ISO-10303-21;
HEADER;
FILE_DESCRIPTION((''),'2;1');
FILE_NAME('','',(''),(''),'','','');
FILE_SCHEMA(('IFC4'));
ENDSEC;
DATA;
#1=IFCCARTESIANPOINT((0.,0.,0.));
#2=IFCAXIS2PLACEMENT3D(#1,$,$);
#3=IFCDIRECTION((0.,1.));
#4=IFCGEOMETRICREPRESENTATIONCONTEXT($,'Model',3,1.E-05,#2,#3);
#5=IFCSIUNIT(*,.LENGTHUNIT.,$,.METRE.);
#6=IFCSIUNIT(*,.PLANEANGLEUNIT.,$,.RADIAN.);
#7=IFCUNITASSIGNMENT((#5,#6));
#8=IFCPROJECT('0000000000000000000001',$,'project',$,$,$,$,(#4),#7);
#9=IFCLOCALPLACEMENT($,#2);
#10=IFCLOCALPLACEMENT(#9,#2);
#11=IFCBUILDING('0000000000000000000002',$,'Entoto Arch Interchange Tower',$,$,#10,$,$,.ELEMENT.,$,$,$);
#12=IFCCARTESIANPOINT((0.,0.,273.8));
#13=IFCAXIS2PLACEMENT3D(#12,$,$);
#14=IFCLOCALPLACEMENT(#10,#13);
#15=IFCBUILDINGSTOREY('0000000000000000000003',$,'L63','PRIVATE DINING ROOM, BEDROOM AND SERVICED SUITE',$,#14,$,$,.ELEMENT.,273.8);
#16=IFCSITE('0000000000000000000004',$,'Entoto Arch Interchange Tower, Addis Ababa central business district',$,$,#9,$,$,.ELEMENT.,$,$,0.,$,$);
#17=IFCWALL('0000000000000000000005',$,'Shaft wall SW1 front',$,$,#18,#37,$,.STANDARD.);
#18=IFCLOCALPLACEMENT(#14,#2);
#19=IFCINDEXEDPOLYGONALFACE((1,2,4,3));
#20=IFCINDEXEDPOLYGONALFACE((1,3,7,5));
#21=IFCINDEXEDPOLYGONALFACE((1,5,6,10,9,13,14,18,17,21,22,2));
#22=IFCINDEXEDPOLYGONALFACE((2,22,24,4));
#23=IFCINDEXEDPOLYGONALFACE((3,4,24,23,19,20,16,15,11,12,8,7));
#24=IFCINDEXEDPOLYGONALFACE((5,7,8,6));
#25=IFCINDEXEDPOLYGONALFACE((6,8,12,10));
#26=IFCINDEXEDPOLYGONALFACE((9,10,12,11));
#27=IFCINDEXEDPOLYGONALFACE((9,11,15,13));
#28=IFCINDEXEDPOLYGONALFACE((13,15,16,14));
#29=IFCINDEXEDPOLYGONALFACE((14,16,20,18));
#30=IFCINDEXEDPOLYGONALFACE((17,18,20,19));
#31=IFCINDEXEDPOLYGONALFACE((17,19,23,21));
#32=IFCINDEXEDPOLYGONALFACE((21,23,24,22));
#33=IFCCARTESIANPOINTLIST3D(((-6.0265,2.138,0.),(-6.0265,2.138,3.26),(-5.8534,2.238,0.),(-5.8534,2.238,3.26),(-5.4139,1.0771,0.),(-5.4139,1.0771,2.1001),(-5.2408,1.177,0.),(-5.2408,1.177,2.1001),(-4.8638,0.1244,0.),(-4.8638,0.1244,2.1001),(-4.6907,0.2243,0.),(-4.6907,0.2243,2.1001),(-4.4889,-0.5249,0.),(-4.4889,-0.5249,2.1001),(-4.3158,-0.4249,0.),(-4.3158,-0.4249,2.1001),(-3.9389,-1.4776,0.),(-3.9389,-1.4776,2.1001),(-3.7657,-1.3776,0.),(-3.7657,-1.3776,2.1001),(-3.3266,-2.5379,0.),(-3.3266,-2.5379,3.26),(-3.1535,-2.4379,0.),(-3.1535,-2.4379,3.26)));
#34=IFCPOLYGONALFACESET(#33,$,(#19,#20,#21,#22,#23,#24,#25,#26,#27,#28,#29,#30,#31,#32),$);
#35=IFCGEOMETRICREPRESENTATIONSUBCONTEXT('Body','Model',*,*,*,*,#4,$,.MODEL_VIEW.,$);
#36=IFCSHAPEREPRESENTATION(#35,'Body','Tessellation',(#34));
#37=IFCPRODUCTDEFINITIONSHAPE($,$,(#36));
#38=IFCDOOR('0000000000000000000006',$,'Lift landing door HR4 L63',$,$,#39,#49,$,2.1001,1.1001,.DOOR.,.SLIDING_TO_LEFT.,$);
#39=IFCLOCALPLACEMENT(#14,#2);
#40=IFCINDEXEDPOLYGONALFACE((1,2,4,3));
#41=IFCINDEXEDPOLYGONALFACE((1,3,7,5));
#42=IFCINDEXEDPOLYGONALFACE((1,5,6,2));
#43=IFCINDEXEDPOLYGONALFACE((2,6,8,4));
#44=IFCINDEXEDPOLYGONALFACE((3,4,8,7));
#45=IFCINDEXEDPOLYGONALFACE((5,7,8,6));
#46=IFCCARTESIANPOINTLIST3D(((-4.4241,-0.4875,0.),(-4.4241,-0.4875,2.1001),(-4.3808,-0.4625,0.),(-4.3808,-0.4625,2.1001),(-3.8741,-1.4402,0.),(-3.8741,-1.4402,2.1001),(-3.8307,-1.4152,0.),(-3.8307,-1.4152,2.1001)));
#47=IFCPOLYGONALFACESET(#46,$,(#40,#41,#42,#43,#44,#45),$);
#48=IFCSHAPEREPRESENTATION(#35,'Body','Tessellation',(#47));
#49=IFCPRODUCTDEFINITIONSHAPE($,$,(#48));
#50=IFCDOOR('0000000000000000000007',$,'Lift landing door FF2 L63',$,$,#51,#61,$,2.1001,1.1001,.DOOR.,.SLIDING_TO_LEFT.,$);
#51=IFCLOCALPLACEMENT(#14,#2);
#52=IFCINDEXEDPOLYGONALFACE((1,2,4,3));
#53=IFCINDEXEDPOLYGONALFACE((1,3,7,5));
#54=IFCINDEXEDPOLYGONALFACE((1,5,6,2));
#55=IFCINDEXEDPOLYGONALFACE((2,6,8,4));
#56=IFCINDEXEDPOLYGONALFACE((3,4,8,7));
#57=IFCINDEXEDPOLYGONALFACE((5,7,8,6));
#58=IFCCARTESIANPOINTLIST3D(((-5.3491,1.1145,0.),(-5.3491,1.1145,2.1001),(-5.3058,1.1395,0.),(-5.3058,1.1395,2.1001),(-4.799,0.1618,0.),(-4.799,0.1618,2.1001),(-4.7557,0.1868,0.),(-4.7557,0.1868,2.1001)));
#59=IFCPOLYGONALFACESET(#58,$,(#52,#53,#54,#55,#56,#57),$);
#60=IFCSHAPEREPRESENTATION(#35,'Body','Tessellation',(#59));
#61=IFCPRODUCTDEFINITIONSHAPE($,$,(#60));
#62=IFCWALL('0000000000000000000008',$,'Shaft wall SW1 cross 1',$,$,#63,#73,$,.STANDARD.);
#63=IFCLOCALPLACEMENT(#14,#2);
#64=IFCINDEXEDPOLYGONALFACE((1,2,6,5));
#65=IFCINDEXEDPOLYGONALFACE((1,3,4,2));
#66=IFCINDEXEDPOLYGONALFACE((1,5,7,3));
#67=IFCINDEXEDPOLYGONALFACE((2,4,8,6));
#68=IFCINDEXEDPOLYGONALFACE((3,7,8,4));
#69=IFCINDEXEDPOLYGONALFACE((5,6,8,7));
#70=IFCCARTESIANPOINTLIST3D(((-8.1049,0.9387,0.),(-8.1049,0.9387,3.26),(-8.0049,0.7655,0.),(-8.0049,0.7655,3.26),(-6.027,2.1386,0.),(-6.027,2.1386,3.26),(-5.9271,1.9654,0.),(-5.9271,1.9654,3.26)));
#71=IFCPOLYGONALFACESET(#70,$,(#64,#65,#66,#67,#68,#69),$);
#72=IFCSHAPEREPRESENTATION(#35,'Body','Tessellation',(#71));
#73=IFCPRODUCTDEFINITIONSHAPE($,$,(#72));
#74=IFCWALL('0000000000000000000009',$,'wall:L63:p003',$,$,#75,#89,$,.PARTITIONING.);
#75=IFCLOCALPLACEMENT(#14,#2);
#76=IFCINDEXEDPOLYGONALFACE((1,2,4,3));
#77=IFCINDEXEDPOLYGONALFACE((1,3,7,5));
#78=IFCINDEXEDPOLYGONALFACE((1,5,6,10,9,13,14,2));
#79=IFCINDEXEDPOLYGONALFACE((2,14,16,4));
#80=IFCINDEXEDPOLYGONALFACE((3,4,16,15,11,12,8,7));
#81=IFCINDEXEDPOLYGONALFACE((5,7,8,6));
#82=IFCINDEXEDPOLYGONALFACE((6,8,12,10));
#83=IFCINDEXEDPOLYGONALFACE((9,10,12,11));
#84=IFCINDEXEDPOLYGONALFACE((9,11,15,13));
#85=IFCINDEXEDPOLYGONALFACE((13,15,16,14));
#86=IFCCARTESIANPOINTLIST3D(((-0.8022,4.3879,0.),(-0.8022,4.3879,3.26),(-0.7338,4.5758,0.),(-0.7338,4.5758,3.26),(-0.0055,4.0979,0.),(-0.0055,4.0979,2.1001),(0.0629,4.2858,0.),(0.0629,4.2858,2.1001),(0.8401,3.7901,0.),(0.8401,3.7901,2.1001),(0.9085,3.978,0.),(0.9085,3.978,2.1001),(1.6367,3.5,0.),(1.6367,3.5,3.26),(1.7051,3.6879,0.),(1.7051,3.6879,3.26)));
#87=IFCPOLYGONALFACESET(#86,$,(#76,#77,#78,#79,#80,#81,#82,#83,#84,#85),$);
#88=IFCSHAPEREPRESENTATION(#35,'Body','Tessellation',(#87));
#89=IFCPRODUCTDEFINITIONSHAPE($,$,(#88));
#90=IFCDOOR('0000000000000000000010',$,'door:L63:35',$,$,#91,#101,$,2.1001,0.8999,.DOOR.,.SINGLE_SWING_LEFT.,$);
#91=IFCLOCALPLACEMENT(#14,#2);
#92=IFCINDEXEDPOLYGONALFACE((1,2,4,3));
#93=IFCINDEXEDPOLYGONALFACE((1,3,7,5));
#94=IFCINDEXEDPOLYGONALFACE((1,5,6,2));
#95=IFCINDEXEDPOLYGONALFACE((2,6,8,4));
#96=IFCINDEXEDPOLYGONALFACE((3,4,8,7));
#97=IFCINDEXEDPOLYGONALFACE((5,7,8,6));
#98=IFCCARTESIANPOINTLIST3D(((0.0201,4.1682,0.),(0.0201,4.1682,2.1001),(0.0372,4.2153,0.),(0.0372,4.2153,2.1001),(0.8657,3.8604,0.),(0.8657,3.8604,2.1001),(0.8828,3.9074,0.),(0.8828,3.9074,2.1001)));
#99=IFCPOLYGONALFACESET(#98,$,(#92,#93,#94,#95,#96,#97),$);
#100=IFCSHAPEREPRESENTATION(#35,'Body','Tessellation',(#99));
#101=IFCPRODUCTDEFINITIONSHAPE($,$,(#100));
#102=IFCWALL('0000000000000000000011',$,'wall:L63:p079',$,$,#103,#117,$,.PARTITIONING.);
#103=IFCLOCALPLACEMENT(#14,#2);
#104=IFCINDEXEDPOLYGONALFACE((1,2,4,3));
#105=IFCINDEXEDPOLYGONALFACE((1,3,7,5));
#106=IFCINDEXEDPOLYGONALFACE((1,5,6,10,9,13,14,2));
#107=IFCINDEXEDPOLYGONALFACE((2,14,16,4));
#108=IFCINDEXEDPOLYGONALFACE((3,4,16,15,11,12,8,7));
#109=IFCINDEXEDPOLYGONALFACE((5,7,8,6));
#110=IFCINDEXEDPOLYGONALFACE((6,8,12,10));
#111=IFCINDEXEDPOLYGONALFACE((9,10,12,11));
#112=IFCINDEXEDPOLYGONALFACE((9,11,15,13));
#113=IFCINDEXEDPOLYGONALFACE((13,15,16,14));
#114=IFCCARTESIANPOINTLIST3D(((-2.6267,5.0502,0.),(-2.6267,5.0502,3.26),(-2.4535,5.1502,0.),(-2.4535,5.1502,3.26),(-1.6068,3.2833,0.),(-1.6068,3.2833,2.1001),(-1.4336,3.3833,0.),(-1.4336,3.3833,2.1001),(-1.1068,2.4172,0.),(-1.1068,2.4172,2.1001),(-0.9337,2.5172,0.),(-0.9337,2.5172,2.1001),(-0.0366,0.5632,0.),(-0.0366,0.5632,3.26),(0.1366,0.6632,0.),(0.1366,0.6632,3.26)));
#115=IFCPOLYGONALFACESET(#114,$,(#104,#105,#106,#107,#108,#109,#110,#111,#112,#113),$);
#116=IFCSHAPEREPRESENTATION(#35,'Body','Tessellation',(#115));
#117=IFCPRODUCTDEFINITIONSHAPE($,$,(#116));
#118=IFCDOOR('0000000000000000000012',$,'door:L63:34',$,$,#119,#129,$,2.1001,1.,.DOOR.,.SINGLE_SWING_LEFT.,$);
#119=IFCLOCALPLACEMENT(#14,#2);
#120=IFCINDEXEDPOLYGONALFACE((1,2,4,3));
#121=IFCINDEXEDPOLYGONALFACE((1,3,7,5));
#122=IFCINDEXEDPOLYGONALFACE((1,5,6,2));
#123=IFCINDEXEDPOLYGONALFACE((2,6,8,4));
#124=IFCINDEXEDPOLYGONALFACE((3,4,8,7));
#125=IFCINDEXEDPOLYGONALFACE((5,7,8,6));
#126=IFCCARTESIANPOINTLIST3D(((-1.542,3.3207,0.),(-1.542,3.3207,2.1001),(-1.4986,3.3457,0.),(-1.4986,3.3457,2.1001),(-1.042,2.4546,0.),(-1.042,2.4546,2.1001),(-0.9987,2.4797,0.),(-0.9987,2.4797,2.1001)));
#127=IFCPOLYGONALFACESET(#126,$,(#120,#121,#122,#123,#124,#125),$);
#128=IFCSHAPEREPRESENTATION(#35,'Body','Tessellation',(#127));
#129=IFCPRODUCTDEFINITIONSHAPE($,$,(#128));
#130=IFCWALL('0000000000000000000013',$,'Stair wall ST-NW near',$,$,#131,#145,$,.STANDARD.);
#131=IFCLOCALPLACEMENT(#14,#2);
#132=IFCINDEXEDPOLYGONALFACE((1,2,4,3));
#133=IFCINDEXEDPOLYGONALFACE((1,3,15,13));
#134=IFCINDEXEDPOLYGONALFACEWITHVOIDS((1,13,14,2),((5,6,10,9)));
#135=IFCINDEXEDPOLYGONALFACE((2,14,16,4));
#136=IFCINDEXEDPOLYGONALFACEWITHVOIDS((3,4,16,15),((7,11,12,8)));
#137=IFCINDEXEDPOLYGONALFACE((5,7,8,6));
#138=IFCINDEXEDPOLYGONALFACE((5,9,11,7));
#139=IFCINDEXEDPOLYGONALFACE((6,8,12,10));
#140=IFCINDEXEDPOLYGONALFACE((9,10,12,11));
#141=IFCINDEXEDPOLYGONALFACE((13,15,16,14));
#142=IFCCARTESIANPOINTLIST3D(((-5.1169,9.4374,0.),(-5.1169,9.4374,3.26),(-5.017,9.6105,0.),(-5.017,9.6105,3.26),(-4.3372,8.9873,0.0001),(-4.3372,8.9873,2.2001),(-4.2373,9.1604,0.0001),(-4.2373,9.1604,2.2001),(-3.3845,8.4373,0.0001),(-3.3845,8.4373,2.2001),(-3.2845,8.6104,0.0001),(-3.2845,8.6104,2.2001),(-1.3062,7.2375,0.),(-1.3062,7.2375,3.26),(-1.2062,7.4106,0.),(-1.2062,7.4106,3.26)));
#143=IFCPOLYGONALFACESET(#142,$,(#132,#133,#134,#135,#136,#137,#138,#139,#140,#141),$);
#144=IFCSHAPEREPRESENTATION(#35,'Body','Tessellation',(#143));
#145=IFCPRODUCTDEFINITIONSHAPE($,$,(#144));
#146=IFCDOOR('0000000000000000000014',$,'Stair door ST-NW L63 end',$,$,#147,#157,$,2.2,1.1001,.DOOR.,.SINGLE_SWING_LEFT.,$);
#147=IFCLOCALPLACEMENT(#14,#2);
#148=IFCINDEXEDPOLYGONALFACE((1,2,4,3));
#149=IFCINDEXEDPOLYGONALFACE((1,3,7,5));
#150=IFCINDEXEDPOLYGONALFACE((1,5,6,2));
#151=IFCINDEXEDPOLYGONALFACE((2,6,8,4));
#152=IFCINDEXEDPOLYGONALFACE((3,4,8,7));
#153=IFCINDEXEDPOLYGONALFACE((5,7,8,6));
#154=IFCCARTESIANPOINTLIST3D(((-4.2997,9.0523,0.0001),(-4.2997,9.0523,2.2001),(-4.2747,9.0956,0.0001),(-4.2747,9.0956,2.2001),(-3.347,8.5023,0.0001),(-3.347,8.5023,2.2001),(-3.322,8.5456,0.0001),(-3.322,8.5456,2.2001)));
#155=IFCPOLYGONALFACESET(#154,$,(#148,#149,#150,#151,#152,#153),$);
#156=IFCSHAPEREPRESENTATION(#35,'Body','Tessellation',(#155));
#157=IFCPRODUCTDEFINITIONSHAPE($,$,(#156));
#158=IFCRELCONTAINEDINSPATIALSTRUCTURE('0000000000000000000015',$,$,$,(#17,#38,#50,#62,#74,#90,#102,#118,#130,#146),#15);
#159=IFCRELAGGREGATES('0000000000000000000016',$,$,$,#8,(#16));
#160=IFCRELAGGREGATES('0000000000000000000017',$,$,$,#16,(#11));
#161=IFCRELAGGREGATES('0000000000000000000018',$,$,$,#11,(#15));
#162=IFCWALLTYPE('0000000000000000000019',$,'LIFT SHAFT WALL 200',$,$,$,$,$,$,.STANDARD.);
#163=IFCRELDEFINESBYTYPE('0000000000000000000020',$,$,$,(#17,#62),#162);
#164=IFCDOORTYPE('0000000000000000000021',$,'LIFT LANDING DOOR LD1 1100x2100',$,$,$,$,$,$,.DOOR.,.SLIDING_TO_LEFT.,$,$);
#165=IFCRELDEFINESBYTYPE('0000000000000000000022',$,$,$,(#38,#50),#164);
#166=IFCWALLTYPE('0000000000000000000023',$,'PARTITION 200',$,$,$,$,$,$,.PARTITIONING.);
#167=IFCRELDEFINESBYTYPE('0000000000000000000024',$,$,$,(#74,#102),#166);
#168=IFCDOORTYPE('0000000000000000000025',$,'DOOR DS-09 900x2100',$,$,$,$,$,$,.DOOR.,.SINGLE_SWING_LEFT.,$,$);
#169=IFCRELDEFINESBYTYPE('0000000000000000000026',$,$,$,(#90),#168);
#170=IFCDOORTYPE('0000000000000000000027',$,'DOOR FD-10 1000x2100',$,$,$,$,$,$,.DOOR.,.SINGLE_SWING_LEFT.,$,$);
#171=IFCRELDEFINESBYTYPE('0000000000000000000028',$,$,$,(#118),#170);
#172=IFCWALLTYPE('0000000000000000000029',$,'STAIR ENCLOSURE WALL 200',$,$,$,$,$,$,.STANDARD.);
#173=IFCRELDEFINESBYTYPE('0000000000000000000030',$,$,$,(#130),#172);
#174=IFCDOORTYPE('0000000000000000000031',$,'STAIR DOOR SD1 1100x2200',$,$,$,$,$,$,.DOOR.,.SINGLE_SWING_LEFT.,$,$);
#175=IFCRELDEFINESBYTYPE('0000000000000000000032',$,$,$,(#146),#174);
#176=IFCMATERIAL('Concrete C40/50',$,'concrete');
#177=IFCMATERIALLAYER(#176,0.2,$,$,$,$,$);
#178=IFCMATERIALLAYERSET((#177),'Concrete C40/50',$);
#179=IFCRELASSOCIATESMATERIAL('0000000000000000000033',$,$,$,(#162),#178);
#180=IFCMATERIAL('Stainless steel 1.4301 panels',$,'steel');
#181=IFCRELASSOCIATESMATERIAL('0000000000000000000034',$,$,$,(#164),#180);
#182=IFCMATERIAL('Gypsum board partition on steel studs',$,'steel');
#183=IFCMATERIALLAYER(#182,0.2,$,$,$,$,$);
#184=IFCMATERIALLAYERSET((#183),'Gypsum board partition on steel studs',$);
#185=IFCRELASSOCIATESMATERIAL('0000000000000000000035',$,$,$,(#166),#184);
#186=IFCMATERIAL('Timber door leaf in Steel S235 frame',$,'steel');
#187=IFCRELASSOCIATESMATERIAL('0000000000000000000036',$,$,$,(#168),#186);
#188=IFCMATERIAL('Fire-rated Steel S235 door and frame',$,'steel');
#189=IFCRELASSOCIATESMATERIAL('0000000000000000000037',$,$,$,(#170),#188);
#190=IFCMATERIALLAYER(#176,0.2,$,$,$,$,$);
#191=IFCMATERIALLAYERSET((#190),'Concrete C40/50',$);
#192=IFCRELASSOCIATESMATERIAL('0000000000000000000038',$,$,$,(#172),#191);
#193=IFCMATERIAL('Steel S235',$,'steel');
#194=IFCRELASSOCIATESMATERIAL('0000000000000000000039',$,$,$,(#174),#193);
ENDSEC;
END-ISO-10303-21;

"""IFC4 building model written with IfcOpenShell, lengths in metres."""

from ifc_helpers import new_model, si_unit, direction, frame, frame_2d, origin, place, context, subcontext, project, spatial, rectangle, extrude, material, layer, layer_set, type_object, element, fill, save


model = new_model("IFC4")

# Units and contexts
model_context = context("Model", 3, precision=1e-05, world=origin(), true_north=direction((0.0, 1.0)))
body_context = subcontext(model_context, "Body", "Model", "MODEL_VIEW")
ifc_project = project(units=[si_unit("LENGTHUNIT", "METRE"), si_unit("PLANEANGLEUNIT", "RADIAN")], contexts=[model_context])

# Site, building, storey
site_placement = place(None, origin())
site = spatial("IfcSite", under=ifc_project, at=site_placement, Name="Entoto Arch Interchange Tower, Addis Ababa central business district", CompositionType="ELEMENT", RefElevation=0.0)
building_placement = place(site_placement, origin())
building = spatial("IfcBuilding", under=site, at=building_placement, Name="Entoto Arch Interchange Tower", CompositionType="ELEMENT")
storey_placement = place(building_placement, frame((0.0, 0.0, 273.8)))
storey = spatial("IfcBuildingStorey", under=building, at=storey_placement, Name="L63", Description="PRIVATE DINING ROOM, BEDROOM AND SERVICED SUITE", CompositionType="ELEMENT", Elevation=273.8)

# Wall, openings, doors
ifc_material_1 = material(Name="Concrete C40/50", Category="concrete")
ifc_layer_1 = layer(ifc_material_1, 0.2)
ifc_layer_set_1 = layer_set([ifc_layer_1], Name="Concrete C40/50")
wall_type_1 = type_object("IfcWallType", Name="LIFT SHAFT WALL 200", PredefinedType="STANDARD", material=ifc_layer_set_1)
wall_1_placement = place(storey_placement, frame((-5.9399, 2.188, 0.0), z_axis=(0.0, 0.0, 1.0), x_axis=(0.500034, -0.866006, 0.0)))
wall_1 = element("IfcWall", 1, at=wall_1_placement, inside=storey, type_object=wall_type_1, Name="Shaft wall SW1 front", PredefinedType="STANDARD", context=body_context, shape_type="SweptSolid", body=[
    extrude(rectangle(XDim=5.3994, YDim=0.2, at=frame_2d((2.6997, 0.0))), origin(), (0.0, 0.0, 1.0), 3.26),
])
opening_1_placement = place(wall_1_placement, frame((3.075, 0.0, 0.0)))
opening_1 = element("IfcOpeningElement", 2, at=opening_1_placement, cuts=wall_1, PredefinedType="OPENING", context=body_context, shape_type="SweptSolid", body=[
    extrude(rectangle(XDim=1.1001, YDim=2.1001, at=frame_2d((0.55, 1.05))), frame((0.0, 0.1099, 0.0), z_axis=(0.0, -1.0, 0.0), x_axis=(1.0, 0.0, 0.0)), (0.0, 0.0, 1.0), 0.22),
])
opening_2_placement = place(wall_1_placement, frame((1.2251, 0.0, 0.0)))
opening_2 = element("IfcOpeningElement", 3, at=opening_2_placement, cuts=wall_1, PredefinedType="OPENING", context=body_context, shape_type="SweptSolid", body=[
    extrude(rectangle(XDim=1.1001, YDim=2.1001, at=frame_2d((0.55, 1.05))), frame((0.0, 0.1099, 0.0), z_axis=(0.0, -1.0, 0.0), x_axis=(1.0, 0.0, 0.0)), (0.0, 0.0, 1.0), 0.22),
])
ifc_material_2 = material(Name="Stainless steel 1.4301 panels", Category="steel")
door_type_1 = type_object("IfcDoorType", Name="LIFT LANDING DOOR LD1 1100x2100", OperationType="SLIDING_TO_LEFT", PredefinedType="DOOR", material=ifc_material_2)
door_1_placement = place(opening_1_placement, origin())
door_1 = element("IfcDoor", 4, at=door_1_placement, inside=storey, type_object=door_type_1, Name="Lift landing door HR4 L63", OperationType="SLIDING_TO_LEFT", OverallHeight=2.1001, OverallWidth=1.1001, PredefinedType="DOOR", context=body_context, shape_type="SweptSolid", body=[
    extrude(rectangle(XDim=1.1001, YDim=2.1001, at=frame_2d((0.55, 1.05))), frame((0.0, 0.0249, 0.0), z_axis=(0.0, -1.0, 0.0), x_axis=(1.0, 0.0, 0.0)), (0.0, 0.0, 1.0), 0.05),
])
fill(opening_1, door_1)
door_2_placement = place(opening_2_placement, origin())
door_2 = element("IfcDoor", 5, at=door_2_placement, inside=storey, type_object=door_type_1, Name="Lift landing door FF2 L63", OperationType="SLIDING_TO_LEFT", OverallHeight=2.1001, OverallWidth=1.1001, PredefinedType="DOOR", context=body_context, shape_type="SweptSolid", body=[
    extrude(rectangle(XDim=1.1001, YDim=2.1001, at=frame_2d((0.55, 1.05))), frame((0.0, 0.0249, 0.0), z_axis=(0.0, -1.0, 0.0), x_axis=(1.0, 0.0, 0.0)), (0.0, 0.0, 1.0), 0.05),
])
fill(opening_2, door_2)

# Wall
wall_2_placement = place(storey_placement, frame((-5.9771, 2.052, 0.0), z_axis=(0.0, 0.0, 1.0), x_axis=(-0.865974, -0.500089, 0.0)))
element("IfcWall", 6, at=wall_2_placement, inside=storey, type_object=wall_type_1, Name="Shaft wall SW1 cross 1", PredefinedType="STANDARD", context=body_context, shape_type="SweptSolid", body=[
    extrude(rectangle(XDim=2.3994, YDim=0.2, at=frame_2d((1.1997, 0.0))), origin(), (0.0, 0.0, 1.0), 3.26),
])

# Walls, openings, doors
ifc_material_3 = material(Name="Gypsum board partition on steel studs", Category="steel")
ifc_layer_2 = layer(ifc_material_3, 0.2)
ifc_layer_set_2 = layer_set([ifc_layer_2], Name="Gypsum board partition on steel studs")
wall_type_2 = type_object("IfcWallType", Name="PARTITION 200", PredefinedType="PARTITIONING", material=ifc_layer_set_2)
wall_3_placement = place(storey_placement, frame((-0.7681, 4.4819, 0.0), z_axis=(0.0, 0.0, 1.0), x_axis=(0.939664, -0.342098, 0.0)))
wall_3 = element("IfcWall", 7, at=wall_3_placement, inside=storey, type_object=wall_type_2, Name="wall:L63:p003", PredefinedType="PARTITIONING", context=body_context, shape_type="SweptSolid", body=[
    extrude(rectangle(XDim=2.5955, YDim=0.2, at=frame_2d((1.2979, 0.0))), origin(), (0.0, 0.0, 1.0), 3.26),
])
opening_3_placement = place(wall_3_placement, frame((0.8479, 0.0, 0.0)))
opening_3 = element("IfcOpeningElement", 8, at=opening_3_placement, cuts=wall_3, PredefinedType="OPENING", context=body_context, shape_type="SweptSolid", body=[
    extrude(rectangle(XDim=0.8999, YDim=2.1001, at=frame_2d((0.45, 1.05))), frame((0.0, 0.1099, 0.0), z_axis=(0.0, -1.0, 0.0), x_axis=(1.0, 0.0, 0.0)), (0.0, 0.0, 1.0), 0.22),
])
ifc_material_4 = material(Name="Timber door leaf in Steel S235 frame", Category="steel")
door_type_2 = type_object("IfcDoorType", Name="DOOR DS-09 900x2100", OperationType="SINGLE_SWING_LEFT", PredefinedType="DOOR", material=ifc_material_4)
door_3_placement = place(opening_3_placement, origin())
door_3 = element("IfcDoor", 9, at=door_3_placement, inside=storey, type_object=door_type_2, Name="door:L63:35", OperationType="SINGLE_SWING_LEFT", OverallHeight=2.1001, OverallWidth=0.8999, PredefinedType="DOOR", context=body_context, shape_type="SweptSolid", body=[
    extrude(rectangle(XDim=0.8999, YDim=2.1001, at=frame_2d((0.45, 1.05))), frame((0.0, 0.0249, 0.0), z_axis=(0.0, -1.0, 0.0), x_axis=(1.0, 0.0, 0.0)), (0.0, 0.0, 1.0), 0.05),
])
fill(opening_3, door_3)
wall_4_placement = place(storey_placement, frame((-2.54, 5.1001, 0.0), z_axis=(0.0, 0.0, 1.0), x_axis=(0.499925, -0.866069, 0.0)))
wall_4 = element("IfcWall", 10, at=wall_4_placement, inside=storey, type_object=wall_type_2, Name="wall:L63:p079", PredefinedType="PARTITIONING", context=body_context, shape_type="SweptSolid", body=[
    extrude(rectangle(XDim=5.1809, YDim=0.2, at=frame_2d((2.5903, 0.0))), origin(), (0.0, 0.0, 1.0), 3.26),
])
opening_4_placement = place(wall_4_placement, frame((2.04, 0.0, 0.0)))
opening_4 = element("IfcOpeningElement", 11, at=opening_4_placement, cuts=wall_4, PredefinedType="OPENING", context=body_context, shape_type="SweptSolid", body=[
    extrude(rectangle(XDim=1.0, YDim=2.1001, at=frame_2d((0.5, 1.05))), frame((0.0, 0.1099, 0.0), z_axis=(0.0, -1.0, 0.0), x_axis=(1.0, 0.0, 0.0)), (0.0, 0.0, 1.0), 0.22),
])
ifc_material_5 = material(Name="Fire-rated Steel S235 door and frame", Category="steel")
door_type_3 = type_object("IfcDoorType", Name="DOOR FD-10 1000x2100", OperationType="SINGLE_SWING_LEFT", PredefinedType="DOOR", material=ifc_material_5)
door_4_placement = place(opening_4_placement, origin())
door_4 = element("IfcDoor", 12, at=door_4_placement, inside=storey, type_object=door_type_3, Name="door:L63:34", OperationType="SINGLE_SWING_LEFT", OverallHeight=2.1001, OverallWidth=1.0, PredefinedType="DOOR", context=body_context, shape_type="SweptSolid", body=[
    extrude(rectangle(XDim=1.0, YDim=2.1001, at=frame_2d((0.5, 1.05))), frame((0.0, 0.0249, 0.0), z_axis=(0.0, -1.0, 0.0), x_axis=(1.0, 0.0, 0.0)), (0.0, 0.0, 1.0), 0.05),
])
fill(opening_4, door_4)
ifc_layer_3 = layer(ifc_material_1, 0.2)
ifc_layer_set_3 = layer_set([ifc_layer_3], Name="Concrete C40/50")
wall_type_3 = type_object("IfcWallType", Name="STAIR ENCLOSURE WALL 200", PredefinedType="STANDARD", material=ifc_layer_set_3)
wall_5_placement = place(storey_placement, frame((-1.2561, 7.324, 0.0), z_axis=(0.0, 0.0, 1.0), x_axis=(-0.866046, 0.499964, 0.0)))
wall_5 = element("IfcWall", 13, at=wall_5_placement, inside=storey, type_object=wall_type_3, Name="Stair wall ST-NW near", PredefinedType="STANDARD", context=body_context, shape_type="SweptSolid", body=[
    extrude(rectangle(XDim=4.4001, YDim=0.2, at=frame_2d((2.2002, 0.0))), origin(), (0.0, 0.0, 1.0), 3.26),
])
opening_5_placement = place(wall_5_placement, frame((2.3999, 0.0, 0.0)))
opening_5 = element("IfcOpeningElement", 14, at=opening_5_placement, cuts=wall_5, PredefinedType="OPENING", context=body_context, shape_type="SweptSolid", body=[
    extrude(rectangle(XDim=1.1001, YDim=2.2, at=frame_2d((0.55, 1.1001))), frame((0.0, 0.1099, 0.0), z_axis=(0.0, -1.0, 0.0), x_axis=(1.0, 0.0, 0.0)), (0.0, 0.0, 1.0), 0.22),
])
ifc_material_6 = material(Name="Steel S235", Category="steel")
door_type_4 = type_object("IfcDoorType", Name="STAIR DOOR SD1 1100x2200", OperationType="SINGLE_SWING_LEFT", PredefinedType="DOOR", material=ifc_material_6)
door_5_placement = place(opening_5_placement, origin())
door_5 = element("IfcDoor", 15, at=door_5_placement, inside=storey, type_object=door_type_4, Name="Stair door ST-NW L63 end", OperationType="SINGLE_SWING_LEFT", OverallHeight=2.2, OverallWidth=1.1001, PredefinedType="DOOR", context=body_context, shape_type="SweptSolid", body=[
    extrude(rectangle(XDim=1.1001, YDim=2.2, at=frame_2d((0.55, 1.1001))), frame((0.0, 0.0249, 0.0), z_axis=(0.0, -1.0, 0.0), x_axis=(1.0, 0.0, 0.0)), (0.0, 0.0, 1.0), 0.05),
])
fill(opening_5, door_5)

save(model, "model.ifc")
